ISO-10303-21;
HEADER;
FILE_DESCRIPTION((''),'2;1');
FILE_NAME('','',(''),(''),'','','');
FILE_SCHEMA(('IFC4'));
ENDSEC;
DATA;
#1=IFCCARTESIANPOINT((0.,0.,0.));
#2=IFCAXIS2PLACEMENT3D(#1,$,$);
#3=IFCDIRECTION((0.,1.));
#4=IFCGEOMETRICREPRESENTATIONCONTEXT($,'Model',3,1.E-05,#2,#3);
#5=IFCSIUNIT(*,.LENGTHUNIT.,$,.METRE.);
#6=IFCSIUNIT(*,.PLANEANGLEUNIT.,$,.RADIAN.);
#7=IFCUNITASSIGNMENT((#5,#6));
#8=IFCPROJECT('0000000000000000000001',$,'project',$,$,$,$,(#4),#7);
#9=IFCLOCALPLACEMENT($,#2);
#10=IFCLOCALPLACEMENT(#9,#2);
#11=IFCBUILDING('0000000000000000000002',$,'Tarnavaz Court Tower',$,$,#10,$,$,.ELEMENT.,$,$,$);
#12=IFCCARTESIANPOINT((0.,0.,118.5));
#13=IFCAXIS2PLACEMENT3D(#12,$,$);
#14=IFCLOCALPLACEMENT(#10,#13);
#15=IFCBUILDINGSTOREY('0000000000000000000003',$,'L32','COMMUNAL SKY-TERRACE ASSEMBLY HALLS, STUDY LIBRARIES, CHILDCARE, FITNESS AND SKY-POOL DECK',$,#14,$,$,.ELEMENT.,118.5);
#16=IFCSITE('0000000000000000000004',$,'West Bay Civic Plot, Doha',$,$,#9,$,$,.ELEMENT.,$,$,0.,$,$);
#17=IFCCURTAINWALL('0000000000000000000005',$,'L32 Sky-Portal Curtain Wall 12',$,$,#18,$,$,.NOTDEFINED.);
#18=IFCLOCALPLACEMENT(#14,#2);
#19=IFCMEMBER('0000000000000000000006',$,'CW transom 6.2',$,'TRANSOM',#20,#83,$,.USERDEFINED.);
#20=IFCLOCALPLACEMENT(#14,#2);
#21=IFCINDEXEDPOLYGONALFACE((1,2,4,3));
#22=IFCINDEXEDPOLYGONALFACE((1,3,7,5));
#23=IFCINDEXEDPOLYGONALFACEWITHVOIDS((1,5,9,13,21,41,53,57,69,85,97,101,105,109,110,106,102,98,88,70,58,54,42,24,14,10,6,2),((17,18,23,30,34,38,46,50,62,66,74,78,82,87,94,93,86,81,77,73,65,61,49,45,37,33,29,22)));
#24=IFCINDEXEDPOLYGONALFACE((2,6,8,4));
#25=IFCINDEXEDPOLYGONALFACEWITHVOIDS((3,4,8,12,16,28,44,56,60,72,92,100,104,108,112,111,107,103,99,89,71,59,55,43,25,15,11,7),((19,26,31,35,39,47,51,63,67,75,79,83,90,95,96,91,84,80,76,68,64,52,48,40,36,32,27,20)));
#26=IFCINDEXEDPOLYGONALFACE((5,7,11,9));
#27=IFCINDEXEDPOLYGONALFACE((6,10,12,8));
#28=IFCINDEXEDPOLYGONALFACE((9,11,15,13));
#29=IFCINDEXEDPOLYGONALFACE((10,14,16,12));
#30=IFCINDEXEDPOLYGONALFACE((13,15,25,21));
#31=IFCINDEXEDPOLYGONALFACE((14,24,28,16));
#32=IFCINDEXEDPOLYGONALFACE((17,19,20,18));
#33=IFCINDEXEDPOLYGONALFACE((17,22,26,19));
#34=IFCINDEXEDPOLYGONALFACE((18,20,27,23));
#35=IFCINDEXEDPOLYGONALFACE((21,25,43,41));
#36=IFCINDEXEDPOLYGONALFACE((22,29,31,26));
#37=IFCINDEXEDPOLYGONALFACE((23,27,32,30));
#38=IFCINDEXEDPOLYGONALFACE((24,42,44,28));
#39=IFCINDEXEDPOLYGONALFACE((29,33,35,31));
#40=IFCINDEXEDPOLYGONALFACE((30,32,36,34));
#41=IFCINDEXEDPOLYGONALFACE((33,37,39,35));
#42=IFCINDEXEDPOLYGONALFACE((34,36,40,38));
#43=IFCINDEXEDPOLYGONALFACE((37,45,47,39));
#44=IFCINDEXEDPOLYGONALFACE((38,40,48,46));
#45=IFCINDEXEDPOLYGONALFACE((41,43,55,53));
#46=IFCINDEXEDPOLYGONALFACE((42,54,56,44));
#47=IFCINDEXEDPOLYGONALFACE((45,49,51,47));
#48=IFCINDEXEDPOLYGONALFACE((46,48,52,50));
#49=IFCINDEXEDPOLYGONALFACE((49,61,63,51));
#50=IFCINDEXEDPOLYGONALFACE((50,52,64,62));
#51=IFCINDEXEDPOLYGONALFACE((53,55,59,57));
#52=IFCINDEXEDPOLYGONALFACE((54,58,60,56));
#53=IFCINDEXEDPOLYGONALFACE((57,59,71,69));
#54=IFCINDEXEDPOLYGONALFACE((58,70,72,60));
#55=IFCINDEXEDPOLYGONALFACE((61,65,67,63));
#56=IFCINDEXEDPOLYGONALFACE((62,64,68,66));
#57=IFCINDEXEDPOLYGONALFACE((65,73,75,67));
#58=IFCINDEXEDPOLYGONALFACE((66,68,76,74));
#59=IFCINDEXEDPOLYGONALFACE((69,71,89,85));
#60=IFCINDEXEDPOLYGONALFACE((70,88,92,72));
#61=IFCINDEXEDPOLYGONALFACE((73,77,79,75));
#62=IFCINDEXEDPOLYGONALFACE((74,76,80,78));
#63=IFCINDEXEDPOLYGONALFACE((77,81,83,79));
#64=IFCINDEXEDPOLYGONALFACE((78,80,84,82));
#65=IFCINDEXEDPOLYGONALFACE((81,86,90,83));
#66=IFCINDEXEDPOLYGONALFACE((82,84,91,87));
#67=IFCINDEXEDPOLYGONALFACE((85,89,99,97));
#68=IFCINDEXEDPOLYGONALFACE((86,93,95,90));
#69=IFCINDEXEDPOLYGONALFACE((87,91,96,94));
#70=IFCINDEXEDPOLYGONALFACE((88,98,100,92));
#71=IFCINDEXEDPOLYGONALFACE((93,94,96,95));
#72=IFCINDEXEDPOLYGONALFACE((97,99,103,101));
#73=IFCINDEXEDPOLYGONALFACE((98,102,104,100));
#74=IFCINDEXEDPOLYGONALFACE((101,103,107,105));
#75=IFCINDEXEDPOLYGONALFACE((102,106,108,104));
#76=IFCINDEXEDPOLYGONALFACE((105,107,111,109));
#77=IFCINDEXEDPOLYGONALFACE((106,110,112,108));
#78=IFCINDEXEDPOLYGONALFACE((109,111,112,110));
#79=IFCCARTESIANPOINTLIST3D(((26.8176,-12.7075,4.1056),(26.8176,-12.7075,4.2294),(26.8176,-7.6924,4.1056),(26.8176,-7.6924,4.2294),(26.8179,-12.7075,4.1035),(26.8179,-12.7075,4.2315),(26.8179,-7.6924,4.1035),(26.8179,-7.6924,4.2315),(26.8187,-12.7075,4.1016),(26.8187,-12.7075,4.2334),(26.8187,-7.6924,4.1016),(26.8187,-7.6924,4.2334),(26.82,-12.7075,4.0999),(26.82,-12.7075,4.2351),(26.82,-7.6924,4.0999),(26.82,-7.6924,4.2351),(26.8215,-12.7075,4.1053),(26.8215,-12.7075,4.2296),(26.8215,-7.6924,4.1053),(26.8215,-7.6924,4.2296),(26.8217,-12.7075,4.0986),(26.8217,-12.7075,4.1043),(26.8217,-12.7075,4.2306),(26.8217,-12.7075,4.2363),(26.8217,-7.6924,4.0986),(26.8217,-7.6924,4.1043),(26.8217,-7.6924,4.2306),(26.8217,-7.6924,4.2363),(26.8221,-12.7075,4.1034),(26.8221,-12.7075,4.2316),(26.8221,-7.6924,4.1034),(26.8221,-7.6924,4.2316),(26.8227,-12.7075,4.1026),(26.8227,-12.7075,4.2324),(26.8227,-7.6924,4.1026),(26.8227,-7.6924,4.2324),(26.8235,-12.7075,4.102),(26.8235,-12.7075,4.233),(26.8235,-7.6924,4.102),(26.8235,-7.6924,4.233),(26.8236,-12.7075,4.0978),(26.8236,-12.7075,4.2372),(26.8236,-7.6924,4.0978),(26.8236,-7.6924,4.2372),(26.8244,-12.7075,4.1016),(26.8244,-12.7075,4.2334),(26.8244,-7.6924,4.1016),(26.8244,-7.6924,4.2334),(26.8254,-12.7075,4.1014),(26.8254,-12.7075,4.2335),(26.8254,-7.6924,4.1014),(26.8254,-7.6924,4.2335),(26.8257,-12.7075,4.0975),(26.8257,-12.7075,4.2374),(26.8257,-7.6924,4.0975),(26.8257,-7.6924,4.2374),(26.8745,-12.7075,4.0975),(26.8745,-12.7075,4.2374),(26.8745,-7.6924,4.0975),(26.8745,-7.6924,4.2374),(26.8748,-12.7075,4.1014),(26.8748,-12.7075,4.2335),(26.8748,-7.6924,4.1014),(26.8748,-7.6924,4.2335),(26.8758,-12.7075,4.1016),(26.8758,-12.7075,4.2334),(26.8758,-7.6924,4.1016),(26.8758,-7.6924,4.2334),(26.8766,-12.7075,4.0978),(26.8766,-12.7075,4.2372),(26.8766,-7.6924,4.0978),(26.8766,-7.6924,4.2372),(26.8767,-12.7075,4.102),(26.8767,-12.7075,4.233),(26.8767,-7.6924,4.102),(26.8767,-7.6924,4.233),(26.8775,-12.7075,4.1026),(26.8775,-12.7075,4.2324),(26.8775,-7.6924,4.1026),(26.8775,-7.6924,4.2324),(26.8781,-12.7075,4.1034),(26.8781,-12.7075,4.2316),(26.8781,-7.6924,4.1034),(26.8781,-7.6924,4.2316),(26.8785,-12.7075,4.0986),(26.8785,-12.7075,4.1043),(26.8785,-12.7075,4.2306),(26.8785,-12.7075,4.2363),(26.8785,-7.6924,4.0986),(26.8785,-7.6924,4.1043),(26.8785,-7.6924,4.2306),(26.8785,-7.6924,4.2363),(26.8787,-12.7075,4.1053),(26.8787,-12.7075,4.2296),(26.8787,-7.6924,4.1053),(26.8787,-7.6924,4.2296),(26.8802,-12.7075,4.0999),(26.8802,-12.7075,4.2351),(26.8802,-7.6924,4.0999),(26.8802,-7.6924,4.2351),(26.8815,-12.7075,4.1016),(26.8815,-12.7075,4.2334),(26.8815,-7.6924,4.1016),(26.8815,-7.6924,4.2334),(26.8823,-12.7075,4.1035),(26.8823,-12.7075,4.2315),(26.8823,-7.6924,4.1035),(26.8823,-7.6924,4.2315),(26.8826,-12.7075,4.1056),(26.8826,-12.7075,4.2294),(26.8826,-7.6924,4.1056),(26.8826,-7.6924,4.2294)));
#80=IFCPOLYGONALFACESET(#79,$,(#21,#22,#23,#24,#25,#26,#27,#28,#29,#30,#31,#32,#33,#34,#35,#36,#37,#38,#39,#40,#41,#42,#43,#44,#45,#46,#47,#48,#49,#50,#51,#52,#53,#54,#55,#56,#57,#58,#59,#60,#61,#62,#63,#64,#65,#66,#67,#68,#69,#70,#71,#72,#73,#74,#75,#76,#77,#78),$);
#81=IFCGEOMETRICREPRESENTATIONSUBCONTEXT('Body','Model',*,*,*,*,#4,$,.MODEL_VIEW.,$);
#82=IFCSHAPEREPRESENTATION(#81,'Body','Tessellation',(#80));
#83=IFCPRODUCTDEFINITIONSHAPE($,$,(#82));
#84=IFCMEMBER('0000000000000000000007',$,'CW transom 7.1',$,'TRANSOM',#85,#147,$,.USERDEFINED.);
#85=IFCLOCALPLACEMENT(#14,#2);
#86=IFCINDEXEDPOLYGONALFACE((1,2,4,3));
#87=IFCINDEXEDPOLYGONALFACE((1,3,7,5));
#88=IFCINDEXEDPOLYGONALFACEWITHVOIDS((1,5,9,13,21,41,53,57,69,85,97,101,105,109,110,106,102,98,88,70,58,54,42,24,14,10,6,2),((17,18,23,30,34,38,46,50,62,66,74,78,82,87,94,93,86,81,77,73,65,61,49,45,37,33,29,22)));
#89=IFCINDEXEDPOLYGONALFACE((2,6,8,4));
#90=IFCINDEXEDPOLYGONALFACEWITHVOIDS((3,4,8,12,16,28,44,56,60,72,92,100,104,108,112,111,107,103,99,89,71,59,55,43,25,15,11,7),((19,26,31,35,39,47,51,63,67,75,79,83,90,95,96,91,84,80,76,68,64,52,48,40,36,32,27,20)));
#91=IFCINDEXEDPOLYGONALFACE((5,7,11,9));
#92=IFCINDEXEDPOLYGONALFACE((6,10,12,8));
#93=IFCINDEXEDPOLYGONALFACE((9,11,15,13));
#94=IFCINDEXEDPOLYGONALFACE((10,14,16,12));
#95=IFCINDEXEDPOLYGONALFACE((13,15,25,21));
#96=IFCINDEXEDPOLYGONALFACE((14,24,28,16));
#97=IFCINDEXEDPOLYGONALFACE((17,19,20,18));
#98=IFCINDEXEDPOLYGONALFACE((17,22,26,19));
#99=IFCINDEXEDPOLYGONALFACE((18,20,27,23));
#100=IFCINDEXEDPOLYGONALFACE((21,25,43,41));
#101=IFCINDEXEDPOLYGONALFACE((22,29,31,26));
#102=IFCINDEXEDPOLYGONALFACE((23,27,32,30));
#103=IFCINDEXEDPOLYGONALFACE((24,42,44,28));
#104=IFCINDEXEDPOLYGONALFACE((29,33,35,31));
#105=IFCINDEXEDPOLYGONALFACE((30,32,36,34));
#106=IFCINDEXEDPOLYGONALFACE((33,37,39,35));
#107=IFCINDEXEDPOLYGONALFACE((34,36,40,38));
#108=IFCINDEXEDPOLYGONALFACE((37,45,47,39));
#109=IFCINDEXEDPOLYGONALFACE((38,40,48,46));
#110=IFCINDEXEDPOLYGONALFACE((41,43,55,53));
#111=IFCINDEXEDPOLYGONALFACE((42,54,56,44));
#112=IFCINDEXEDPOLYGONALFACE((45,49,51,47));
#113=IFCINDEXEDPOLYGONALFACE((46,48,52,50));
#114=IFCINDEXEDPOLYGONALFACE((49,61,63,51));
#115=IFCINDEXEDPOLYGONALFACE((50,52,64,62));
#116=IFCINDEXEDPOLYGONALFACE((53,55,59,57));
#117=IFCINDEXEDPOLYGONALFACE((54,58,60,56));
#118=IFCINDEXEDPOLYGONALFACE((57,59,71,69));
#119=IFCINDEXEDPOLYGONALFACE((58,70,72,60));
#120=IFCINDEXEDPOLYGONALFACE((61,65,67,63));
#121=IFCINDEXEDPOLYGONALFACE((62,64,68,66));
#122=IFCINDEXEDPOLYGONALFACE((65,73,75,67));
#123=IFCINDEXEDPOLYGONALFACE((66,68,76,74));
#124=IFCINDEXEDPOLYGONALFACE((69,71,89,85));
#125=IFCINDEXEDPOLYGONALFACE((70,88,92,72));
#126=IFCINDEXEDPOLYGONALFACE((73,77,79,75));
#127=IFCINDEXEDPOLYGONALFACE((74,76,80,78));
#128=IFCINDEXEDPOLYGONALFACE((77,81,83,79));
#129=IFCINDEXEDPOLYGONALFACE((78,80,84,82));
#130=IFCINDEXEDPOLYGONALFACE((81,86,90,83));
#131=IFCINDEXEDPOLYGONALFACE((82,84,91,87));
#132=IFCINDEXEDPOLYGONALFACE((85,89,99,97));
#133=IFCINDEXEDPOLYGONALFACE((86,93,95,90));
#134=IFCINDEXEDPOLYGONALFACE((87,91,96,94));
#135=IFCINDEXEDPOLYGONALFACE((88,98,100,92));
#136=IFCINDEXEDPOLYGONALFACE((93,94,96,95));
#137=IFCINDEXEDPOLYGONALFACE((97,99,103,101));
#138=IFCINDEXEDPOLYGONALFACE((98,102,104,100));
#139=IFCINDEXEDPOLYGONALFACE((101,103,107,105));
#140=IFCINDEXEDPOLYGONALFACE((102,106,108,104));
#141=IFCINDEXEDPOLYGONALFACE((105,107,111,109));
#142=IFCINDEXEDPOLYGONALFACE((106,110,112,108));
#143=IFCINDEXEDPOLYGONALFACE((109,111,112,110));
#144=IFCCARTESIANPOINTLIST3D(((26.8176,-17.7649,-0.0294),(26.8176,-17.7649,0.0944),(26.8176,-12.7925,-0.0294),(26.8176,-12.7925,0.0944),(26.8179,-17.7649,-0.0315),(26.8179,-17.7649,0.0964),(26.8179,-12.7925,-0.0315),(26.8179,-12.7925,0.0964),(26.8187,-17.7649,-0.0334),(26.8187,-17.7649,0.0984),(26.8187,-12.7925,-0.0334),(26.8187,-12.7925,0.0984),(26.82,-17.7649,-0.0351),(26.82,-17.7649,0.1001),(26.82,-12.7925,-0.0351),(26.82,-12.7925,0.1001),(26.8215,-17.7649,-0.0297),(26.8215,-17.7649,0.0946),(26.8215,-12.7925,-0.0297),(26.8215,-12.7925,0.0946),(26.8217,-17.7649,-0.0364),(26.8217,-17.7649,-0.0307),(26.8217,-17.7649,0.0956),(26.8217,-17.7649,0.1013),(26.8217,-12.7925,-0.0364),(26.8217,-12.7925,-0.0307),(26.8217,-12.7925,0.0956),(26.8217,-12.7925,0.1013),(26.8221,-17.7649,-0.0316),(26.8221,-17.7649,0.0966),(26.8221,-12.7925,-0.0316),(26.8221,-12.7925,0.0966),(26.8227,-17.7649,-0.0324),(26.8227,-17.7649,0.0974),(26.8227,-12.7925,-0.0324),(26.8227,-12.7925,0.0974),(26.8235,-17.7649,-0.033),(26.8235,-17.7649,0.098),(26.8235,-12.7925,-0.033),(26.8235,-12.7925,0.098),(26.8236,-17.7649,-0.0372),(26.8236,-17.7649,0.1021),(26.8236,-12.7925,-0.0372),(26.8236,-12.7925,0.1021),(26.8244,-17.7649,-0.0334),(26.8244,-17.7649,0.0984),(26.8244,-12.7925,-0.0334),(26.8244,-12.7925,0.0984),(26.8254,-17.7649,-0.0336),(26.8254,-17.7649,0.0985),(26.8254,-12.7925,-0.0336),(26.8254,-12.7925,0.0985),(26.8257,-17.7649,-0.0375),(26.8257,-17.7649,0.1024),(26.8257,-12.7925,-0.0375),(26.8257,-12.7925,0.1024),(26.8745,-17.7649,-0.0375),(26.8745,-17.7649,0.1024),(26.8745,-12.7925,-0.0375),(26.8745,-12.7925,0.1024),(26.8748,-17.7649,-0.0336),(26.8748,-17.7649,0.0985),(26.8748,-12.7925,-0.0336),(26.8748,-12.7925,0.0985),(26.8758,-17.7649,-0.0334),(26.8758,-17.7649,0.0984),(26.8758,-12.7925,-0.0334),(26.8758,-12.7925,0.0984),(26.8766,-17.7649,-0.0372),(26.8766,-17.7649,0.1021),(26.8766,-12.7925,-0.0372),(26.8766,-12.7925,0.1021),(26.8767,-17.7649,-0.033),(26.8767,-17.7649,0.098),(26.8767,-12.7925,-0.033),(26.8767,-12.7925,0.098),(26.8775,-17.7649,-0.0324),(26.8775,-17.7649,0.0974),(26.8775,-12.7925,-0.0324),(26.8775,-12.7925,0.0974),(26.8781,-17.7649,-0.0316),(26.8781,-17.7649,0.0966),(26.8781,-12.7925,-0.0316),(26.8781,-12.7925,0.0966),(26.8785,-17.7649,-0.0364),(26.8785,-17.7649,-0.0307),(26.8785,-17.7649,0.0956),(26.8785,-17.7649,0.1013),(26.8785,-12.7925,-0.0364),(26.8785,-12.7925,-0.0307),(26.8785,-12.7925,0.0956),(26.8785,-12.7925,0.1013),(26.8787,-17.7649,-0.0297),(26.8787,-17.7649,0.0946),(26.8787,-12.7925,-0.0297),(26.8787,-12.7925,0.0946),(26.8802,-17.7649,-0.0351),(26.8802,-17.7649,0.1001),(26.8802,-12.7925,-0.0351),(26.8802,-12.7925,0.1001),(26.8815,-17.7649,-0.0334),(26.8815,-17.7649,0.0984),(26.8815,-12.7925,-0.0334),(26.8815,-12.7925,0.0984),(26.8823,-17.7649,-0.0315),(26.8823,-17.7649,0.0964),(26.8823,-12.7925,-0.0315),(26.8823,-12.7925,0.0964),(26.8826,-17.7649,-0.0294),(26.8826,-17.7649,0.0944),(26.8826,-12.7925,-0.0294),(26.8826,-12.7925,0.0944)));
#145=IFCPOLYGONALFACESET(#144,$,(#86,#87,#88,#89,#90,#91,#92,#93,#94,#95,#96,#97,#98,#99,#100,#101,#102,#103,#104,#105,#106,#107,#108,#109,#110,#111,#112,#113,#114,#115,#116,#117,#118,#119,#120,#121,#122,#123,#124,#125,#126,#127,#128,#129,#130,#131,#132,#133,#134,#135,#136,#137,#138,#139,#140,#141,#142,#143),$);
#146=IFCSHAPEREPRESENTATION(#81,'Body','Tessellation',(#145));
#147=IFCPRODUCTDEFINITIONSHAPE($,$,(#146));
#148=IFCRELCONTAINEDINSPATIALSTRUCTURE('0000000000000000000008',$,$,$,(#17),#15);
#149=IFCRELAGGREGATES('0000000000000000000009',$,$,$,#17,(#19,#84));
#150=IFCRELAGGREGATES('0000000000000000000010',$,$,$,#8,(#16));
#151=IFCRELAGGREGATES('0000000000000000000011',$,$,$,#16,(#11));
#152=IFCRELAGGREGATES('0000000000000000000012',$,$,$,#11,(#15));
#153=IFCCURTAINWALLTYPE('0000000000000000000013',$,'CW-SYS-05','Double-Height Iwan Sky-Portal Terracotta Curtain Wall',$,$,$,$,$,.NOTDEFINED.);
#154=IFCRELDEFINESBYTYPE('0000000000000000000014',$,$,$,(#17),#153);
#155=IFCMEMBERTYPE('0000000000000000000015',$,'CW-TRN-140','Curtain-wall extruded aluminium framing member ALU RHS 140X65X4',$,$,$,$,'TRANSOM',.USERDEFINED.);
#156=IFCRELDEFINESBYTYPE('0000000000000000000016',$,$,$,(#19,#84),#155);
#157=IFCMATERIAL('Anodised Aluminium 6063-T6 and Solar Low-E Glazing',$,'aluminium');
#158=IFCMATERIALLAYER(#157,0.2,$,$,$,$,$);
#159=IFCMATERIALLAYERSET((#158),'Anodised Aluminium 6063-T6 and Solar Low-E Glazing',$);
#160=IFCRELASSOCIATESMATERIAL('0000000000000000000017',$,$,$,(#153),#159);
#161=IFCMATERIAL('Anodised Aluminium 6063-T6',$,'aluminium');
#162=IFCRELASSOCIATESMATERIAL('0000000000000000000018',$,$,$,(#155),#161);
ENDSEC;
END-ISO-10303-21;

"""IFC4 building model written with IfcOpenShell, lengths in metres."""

from ifc_helpers import new_model, si_unit, direction, frame, origin, origin_2d, place, context, subcontext, project, spatial, hollow_rectangle, extrude, material, layer, layer_set, material_profile, profile_set, type_object, element, aggregate, save


model = new_model("IFC4")

# Units and contexts
model_context = context("Model", 3, precision=1e-05, world=origin(), true_north=direction((0.0, 1.0)))
body_context = subcontext(model_context, "Body", "Model", "MODEL_VIEW")
ifc_project = project(units=[si_unit("LENGTHUNIT", "METRE"), si_unit("PLANEANGLEUNIT", "RADIAN")], contexts=[model_context])

# Site, building, storey
site_placement = place(None, origin())
site = spatial("IfcSite", under=ifc_project, at=site_placement, Name="West Bay Civic Plot, Doha", CompositionType="ELEMENT", RefElevation=0.0)
building_placement = place(site_placement, origin())
building = spatial("IfcBuilding", under=site, at=building_placement, Name="Tarnavaz Court Tower", CompositionType="ELEMENT")
storey_placement = place(building_placement, frame((0.0, 0.0, 118.5)))
storey = spatial("IfcBuildingStorey", under=building, at=storey_placement, Name="L32", Description="COMMUNAL SKY-TERRACE ASSEMBLY HALLS, STUDY LIBRARIES, CHILDCARE, FITNESS AND SKY-POOL DECK", CompositionType="ELEMENT", Elevation=118.5)

# Curtain wall, members
ifc_material_1 = material(Name="Anodised Aluminium 6063-T6 and Solar Low-E Glazing", Category="aluminium")
ifc_layer_1 = layer(ifc_material_1, 0.2)
ifc_layer_set_1 = layer_set([ifc_layer_1], Name="Anodised Aluminium 6063-T6 and Solar Low-E Glazing")
curtain_wall_type = type_object("IfcCurtainWallType", Name="CW-SYS-05", Description="Double-Height Iwan Sky-Portal Terracotta Curtain Wall", PredefinedType="NOTDEFINED", material=ifc_layer_set_1)
curtain_wall_placement = place(storey_placement, origin())
curtain_wall = element("IfcCurtainWall", 1, at=curtain_wall_placement, inside=storey, type_object=curtain_wall_type, Name="L32 Sky-Portal Curtain Wall 12", PredefinedType="NOTDEFINED")
ifc_material_2 = material(Name="Anodised Aluminium 6063-T6", Category="aluminium")
ifc_material_profile_1 = material_profile(ifc_material_2, hollow_rectangle(XDim=0.0649, YDim=0.1399, WallThickness=0.0039, InnerFilletRadius=0.0039, OuterFilletRadius=0.0081, at=origin_2d()), Name="ALU RHS 140X65X4")
ifc_profile_set_1 = profile_set([ifc_material_profile_1], Name="Anodised Aluminium 6063-T6")
member_type_1 = type_object("IfcMemberType", Name="CW-TRN-140", Description="Curtain-wall extruded aluminium framing member ALU RHS 140X65X4", ElementType="TRANSOM", PredefinedType="USERDEFINED", material=ifc_profile_set_1)
member_1_placement = place(storey_placement, frame((26.8501, -7.6924, 4.1675), z_axis=(0.0, -1.0, 0.0), x_axis=(1.0, 0.0, 0.0)))
member_1 = element("IfcMember", 2, at=member_1_placement, type_object=member_type_1, Name="CW transom 6.2", ObjectType="TRANSOM", PredefinedType="USERDEFINED", context=body_context, shape_type="SweptSolid", body=[
    extrude(hollow_rectangle(XDim=0.0649, YDim=0.1399, WallThickness=0.0039, InnerFilletRadius=0.0039, OuterFilletRadius=0.0081, at=origin_2d()), origin(), (0.0, 0.0, 1.0), 5.0151),
])
member_2_placement = place(storey_placement, frame((26.8501, -12.7925, 0.0325), z_axis=(0.0, -1.0, 0.0), x_axis=(1.0, 0.0, 0.0)))
member_2 = element("IfcMember", 3, at=member_2_placement, type_object=member_type_1, Name="CW transom 7.1", ObjectType="TRANSOM", PredefinedType="USERDEFINED", context=body_context, shape_type="SweptSolid", body=[
    extrude(hollow_rectangle(XDim=0.0649, YDim=0.1399, WallThickness=0.0039, InnerFilletRadius=0.0039, OuterFilletRadius=0.0081, at=origin_2d()), origin(), (0.0, 0.0, 1.0), 4.9724),
])
aggregate(curtain_wall, [member_1, member_2])

save(model, "model.ifc")
